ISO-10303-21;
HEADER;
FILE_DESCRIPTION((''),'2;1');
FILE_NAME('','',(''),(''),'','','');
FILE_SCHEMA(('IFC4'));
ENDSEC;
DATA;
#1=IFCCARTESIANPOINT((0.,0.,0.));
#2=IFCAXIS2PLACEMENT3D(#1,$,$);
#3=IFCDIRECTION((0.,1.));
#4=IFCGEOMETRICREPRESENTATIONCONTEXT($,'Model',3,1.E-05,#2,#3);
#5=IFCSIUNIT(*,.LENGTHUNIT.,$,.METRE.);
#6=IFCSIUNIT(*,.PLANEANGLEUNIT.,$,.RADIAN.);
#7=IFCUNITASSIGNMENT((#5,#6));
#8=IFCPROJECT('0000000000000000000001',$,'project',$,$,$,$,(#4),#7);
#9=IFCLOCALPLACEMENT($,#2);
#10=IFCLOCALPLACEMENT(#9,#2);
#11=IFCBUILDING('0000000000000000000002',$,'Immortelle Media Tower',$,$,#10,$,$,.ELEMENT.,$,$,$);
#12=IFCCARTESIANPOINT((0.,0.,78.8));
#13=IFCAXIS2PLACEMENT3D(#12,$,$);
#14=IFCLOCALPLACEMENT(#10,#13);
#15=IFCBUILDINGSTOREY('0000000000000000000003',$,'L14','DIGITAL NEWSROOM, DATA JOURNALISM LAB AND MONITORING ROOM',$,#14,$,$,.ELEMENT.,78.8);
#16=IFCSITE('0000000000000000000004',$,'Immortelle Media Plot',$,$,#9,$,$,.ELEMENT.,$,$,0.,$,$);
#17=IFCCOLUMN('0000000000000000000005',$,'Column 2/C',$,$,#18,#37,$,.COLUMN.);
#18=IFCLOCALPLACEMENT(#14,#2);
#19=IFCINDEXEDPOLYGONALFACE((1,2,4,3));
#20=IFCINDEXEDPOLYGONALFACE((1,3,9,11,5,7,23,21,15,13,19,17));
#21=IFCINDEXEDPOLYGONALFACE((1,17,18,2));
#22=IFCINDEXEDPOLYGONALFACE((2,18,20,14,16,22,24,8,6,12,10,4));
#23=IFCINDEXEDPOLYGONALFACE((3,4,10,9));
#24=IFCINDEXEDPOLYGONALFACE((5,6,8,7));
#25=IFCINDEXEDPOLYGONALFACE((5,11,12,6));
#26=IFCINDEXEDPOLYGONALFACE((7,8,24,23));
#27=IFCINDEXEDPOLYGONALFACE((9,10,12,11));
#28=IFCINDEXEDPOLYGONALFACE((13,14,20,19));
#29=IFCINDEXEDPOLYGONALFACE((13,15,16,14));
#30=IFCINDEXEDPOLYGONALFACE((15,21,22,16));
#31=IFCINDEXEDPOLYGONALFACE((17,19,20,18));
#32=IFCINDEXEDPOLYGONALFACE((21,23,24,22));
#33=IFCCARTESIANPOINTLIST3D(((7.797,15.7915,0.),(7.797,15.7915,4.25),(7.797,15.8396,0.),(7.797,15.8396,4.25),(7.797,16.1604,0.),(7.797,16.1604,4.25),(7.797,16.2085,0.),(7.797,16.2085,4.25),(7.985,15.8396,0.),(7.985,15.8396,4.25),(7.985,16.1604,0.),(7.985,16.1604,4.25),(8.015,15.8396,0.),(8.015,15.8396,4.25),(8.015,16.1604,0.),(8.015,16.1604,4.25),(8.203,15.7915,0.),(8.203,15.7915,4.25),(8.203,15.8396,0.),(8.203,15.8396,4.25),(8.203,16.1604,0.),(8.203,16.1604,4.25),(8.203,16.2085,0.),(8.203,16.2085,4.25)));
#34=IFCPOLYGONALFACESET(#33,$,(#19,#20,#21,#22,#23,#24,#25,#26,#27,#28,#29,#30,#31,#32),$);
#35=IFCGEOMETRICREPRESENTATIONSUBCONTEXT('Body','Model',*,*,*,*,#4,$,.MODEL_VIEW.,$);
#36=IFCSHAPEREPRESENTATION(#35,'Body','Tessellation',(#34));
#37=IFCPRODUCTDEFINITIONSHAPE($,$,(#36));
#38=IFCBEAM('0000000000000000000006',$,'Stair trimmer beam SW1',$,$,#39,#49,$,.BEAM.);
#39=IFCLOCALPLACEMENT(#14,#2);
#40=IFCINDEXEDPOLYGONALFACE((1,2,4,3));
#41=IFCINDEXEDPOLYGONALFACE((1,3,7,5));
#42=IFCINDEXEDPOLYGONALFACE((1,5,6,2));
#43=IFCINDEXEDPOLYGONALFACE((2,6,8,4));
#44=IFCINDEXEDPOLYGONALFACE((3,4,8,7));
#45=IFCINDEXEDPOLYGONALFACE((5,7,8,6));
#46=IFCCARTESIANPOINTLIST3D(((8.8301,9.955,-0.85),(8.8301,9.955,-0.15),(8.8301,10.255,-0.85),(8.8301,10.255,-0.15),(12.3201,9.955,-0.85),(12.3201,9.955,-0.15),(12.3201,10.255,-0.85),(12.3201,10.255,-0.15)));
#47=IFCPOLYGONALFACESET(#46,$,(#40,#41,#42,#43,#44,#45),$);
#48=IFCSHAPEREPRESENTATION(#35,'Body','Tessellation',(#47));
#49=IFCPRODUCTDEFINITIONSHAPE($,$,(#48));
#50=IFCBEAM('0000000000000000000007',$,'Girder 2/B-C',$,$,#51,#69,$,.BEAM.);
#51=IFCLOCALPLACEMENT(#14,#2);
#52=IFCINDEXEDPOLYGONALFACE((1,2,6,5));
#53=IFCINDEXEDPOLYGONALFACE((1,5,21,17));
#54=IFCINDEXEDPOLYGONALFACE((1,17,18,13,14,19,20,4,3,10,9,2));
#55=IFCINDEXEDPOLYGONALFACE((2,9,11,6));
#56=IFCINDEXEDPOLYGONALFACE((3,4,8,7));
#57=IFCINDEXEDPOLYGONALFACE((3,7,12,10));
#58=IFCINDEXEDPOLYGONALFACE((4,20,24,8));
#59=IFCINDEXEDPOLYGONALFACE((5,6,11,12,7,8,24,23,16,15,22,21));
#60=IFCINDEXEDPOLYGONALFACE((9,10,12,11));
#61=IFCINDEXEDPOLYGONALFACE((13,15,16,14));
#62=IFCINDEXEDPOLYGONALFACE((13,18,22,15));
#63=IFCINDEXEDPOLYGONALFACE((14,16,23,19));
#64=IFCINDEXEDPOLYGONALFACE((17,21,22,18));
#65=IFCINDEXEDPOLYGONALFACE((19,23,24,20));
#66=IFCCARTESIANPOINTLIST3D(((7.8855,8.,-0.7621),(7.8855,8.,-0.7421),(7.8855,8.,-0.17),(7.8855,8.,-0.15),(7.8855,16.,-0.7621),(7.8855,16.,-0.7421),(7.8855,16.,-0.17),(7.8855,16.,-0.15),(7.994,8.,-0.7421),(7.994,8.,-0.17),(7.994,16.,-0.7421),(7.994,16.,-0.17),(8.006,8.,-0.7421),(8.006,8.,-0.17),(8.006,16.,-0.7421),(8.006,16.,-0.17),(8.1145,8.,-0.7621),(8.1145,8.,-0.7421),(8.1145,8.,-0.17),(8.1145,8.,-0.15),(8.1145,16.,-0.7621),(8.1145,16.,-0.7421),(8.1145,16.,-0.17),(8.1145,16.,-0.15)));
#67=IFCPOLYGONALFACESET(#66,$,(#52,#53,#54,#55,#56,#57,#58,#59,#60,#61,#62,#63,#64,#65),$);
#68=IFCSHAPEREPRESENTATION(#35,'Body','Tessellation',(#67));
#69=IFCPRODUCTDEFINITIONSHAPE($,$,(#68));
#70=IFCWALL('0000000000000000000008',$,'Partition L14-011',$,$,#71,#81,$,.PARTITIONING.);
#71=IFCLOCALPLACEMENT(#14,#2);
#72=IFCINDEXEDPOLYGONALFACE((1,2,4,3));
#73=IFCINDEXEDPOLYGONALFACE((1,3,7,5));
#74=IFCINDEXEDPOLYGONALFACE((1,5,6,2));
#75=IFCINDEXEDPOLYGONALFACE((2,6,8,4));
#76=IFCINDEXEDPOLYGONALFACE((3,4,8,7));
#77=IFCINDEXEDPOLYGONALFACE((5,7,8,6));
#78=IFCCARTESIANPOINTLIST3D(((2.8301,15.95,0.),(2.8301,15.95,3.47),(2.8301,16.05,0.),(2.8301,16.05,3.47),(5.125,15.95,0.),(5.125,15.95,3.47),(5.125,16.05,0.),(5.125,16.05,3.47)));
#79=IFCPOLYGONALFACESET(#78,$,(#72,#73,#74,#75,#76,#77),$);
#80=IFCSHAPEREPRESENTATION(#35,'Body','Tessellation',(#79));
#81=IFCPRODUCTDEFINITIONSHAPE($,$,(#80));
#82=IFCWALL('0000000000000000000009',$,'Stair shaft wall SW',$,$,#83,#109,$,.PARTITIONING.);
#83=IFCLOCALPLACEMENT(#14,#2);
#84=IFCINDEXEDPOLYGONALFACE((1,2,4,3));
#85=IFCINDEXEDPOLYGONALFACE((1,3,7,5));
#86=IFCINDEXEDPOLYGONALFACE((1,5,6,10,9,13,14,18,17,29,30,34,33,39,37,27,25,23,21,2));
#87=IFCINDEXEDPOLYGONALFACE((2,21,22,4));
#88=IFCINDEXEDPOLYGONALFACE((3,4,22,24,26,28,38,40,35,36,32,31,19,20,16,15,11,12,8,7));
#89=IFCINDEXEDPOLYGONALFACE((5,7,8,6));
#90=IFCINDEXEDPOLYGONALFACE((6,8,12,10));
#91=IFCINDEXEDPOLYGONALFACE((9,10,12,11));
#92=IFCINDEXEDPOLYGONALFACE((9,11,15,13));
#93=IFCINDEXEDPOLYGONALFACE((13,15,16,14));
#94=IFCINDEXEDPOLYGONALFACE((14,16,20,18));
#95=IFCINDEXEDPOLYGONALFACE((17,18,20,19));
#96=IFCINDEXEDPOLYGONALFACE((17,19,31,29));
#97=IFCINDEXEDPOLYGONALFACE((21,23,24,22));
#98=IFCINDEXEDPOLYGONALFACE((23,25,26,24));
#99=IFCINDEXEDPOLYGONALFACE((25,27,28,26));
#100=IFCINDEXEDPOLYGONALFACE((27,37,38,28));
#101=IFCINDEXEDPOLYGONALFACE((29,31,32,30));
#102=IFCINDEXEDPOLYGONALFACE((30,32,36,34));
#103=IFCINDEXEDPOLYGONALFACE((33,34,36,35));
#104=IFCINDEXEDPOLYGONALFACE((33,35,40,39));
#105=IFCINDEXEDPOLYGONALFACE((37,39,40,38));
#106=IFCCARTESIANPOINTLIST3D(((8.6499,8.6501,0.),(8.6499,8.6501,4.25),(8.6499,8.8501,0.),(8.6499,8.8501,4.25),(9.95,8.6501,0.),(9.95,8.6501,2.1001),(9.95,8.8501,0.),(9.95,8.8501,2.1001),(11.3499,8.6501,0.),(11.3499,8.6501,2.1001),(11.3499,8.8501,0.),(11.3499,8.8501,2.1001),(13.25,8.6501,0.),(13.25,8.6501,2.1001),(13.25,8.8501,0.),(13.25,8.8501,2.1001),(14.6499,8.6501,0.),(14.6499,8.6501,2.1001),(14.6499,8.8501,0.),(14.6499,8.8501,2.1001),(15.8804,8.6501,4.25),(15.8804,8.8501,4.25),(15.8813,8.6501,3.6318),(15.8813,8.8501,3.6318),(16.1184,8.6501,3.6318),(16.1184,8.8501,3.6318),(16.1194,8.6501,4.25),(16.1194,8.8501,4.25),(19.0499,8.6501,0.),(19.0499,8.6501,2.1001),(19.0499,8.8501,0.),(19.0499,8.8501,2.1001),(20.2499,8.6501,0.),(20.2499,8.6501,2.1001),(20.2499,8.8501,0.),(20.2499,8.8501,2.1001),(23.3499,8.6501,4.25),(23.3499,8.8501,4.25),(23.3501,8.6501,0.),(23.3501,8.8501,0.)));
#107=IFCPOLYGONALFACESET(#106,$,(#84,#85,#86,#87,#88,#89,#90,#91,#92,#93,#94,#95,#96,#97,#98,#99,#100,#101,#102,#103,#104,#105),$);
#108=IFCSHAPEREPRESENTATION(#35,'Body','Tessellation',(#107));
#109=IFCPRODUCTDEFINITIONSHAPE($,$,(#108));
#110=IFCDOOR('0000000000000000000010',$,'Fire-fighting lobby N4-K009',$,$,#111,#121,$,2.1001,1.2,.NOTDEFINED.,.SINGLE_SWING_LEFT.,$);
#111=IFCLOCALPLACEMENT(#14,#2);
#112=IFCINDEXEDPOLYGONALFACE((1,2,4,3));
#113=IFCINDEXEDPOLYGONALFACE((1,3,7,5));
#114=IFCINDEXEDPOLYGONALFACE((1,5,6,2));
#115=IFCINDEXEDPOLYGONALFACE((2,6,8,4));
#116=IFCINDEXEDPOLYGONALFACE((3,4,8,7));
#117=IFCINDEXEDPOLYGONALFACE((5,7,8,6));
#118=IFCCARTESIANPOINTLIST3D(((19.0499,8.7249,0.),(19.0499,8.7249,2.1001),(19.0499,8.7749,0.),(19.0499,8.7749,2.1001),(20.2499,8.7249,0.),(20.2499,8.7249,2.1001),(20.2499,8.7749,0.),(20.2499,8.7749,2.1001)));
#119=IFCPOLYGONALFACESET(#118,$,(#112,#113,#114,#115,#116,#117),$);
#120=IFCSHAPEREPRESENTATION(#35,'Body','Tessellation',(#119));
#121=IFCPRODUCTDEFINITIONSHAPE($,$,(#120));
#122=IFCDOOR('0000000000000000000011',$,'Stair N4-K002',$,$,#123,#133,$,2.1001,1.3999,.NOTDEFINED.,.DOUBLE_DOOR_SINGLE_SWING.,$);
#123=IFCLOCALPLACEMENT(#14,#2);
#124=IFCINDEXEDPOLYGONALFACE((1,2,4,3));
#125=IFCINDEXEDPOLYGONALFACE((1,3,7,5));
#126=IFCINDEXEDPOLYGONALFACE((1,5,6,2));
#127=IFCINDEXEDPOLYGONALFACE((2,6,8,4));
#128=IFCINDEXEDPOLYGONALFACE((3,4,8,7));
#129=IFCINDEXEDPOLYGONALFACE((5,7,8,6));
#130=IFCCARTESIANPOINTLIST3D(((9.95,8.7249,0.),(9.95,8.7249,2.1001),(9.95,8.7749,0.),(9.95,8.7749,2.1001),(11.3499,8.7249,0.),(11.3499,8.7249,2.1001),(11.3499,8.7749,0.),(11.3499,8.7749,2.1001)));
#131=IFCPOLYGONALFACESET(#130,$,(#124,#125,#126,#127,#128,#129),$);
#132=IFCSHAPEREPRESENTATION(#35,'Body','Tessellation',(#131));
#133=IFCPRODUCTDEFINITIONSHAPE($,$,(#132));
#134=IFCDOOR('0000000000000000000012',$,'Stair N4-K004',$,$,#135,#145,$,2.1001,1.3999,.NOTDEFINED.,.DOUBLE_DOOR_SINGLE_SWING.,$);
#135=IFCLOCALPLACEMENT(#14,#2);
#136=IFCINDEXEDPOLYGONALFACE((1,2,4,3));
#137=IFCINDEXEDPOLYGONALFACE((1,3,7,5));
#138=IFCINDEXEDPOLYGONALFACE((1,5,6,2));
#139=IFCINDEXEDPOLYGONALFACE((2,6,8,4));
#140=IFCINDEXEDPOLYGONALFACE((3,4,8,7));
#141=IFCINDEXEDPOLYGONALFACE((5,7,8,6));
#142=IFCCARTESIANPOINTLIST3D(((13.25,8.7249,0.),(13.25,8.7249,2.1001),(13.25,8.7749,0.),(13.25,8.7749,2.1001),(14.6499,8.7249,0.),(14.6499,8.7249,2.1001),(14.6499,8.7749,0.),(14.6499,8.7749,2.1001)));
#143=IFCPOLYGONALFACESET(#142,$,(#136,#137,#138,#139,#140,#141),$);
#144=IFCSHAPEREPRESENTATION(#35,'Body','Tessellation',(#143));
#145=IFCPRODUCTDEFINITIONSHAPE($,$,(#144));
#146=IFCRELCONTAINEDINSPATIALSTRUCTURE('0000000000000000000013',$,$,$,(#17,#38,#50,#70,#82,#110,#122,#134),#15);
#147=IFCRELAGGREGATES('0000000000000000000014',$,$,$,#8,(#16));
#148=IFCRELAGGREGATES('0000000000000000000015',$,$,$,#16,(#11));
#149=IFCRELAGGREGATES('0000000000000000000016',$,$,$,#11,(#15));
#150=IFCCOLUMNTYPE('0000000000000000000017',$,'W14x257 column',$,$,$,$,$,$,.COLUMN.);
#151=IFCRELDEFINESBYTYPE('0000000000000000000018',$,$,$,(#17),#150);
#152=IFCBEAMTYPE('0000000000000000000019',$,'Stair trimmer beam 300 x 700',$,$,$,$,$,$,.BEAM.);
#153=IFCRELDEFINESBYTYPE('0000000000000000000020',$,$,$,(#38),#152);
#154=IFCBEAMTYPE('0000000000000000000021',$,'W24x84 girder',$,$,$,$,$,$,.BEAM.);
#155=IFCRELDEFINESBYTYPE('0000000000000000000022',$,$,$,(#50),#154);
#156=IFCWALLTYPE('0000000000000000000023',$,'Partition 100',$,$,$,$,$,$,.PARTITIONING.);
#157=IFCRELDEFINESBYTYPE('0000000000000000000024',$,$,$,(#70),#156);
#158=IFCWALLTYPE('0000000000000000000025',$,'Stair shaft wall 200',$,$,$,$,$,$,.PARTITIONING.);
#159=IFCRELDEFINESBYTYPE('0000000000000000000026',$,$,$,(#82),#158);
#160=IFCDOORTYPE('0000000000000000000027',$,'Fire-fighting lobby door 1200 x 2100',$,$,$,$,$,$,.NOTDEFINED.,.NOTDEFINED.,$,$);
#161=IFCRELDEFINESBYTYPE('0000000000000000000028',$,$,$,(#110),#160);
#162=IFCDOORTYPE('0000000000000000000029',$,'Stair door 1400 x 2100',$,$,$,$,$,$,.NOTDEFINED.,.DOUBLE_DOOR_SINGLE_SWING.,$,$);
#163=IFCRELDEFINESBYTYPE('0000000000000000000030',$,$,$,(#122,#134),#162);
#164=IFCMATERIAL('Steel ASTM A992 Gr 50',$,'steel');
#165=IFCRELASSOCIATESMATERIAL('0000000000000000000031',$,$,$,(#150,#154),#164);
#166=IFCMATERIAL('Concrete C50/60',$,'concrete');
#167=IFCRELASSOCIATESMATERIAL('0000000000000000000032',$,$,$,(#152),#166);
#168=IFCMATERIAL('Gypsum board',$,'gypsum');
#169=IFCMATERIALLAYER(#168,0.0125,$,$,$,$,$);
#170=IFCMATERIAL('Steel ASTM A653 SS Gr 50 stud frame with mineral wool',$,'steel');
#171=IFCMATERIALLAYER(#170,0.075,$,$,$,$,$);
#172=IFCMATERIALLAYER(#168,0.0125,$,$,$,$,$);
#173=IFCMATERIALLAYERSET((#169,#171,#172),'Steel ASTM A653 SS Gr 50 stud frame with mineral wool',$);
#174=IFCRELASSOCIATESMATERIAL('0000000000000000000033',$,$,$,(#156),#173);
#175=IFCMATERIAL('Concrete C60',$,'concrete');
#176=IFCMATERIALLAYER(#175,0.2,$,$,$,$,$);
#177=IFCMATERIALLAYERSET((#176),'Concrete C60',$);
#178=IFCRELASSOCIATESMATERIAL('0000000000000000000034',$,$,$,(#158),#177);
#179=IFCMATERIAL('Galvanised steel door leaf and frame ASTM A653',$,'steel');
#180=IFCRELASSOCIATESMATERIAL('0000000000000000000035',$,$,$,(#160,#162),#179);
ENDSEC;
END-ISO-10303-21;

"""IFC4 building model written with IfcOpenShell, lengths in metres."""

from ifc_helpers import new_model, si_unit, direction, frame, frame_2d, origin, origin_2d, place, context, subcontext, project, spatial, polyline, rectangle, i_section, outline, extrude, material, layer, layer_set, material_profile, profile_set, type_object, element, fill, save


model = new_model("IFC4")

# Units and contexts
model_context = context("Model", 3, precision=1e-05, world=origin(), true_north=direction((0.0, 1.0)))
body_context = subcontext(model_context, "Body", "Model", "MODEL_VIEW")
ifc_project = project(units=[si_unit("LENGTHUNIT", "METRE"), si_unit("PLANEANGLEUNIT", "RADIAN")], contexts=[model_context])

# Site, building, storey
site_placement = place(None, origin())
site = spatial("IfcSite", under=ifc_project, at=site_placement, Name="Immortelle Media Plot", CompositionType="ELEMENT", RefElevation=0.0)
building_placement = place(site_placement, origin())
building = spatial("IfcBuilding", under=site, at=building_placement, Name="Immortelle Media Tower", CompositionType="ELEMENT")
storey_placement = place(building_placement, frame((0.0, 0.0, 78.8)))
storey = spatial("IfcBuildingStorey", under=building, at=storey_placement, Name="L14", Description="DIGITAL NEWSROOM, DATA JOURNALISM LAB AND MONITORING ROOM", CompositionType="ELEMENT", Elevation=78.8)

# Column
ifc_material_1 = material(Name="Steel ASTM A992 Gr 50", Category="steel")
ifc_material_profile_1 = material_profile(ifc_material_1, i_section(OverallWidth=0.406, OverallDepth=0.417, WebThickness=0.03, FlangeThickness=0.0481, at=origin_2d()), Name="W14x257")
ifc_profile_set_1 = profile_set([ifc_material_profile_1], Name="Steel ASTM A992 Gr 50")
column_type = type_object("IfcColumnType", Name="W14x257 column", PredefinedType="COLUMN", material=ifc_profile_set_1)
column_placement = place(storey_placement, frame((8.0, 16.0, 0.0), z_axis=(0.0, 0.0, 1.0), x_axis=(1.0, 0.0, 0.0)))
element("IfcColumn", 1, at=column_placement, inside=storey, type_object=column_type, Name="Column 2/C", PredefinedType="COLUMN", context=body_context, shape_type="SweptSolid", body=[
    extrude(i_section(OverallWidth=0.406, OverallDepth=0.417, WebThickness=0.03, FlangeThickness=0.0481, at=origin_2d()), origin(), (0.0, 0.0, 1.0), 4.25),
])

# Beams
ifc_material_2 = material(Name="Concrete C50/60", Category="concrete")
ifc_material_profile_2 = material_profile(ifc_material_2, rectangle(XDim=0.3, YDim=0.7, at=origin_2d()), Name="RC 300x700")
ifc_profile_set_2 = profile_set([ifc_material_profile_2], Name="Concrete C50/60")
beam_type_1 = type_object("IfcBeamType", Name="Stair trimmer beam 300 x 700", PredefinedType="BEAM", material=ifc_profile_set_2)
beam_1_placement = place(storey_placement, frame((8.8301, 10.105, -0.5), z_axis=(1.0, 0.0, 0.0), x_axis=(0.0, 1.0, 0.0)))
element("IfcBeam", 2, at=beam_1_placement, inside=storey, type_object=beam_type_1, Name="Stair trimmer beam SW1", PredefinedType="BEAM", context=body_context, shape_type="SweptSolid", body=[
    extrude(rectangle(XDim=0.3, YDim=0.7, at=origin_2d()), origin(), (0.0, 0.0, 1.0), 3.49),
])
ifc_material_profile_3 = material_profile(ifc_material_1, i_section(OverallWidth=0.229, OverallDepth=0.6121, WebThickness=0.012, FlangeThickness=0.02, at=origin_2d()), Name="W24x84")
ifc_profile_set_3 = profile_set([ifc_material_profile_3], Name="Steel ASTM A992 Gr 50")
beam_type_2 = type_object("IfcBeamType", Name="W24x84 girder", PredefinedType="BEAM", material=ifc_profile_set_3)
beam_2_placement = place(storey_placement, frame((8.0, 8.0, -0.4561), z_axis=(0.0, 1.0, 0.0), x_axis=(-1.0, 0.0, 0.0)))
element("IfcBeam", 3, at=beam_2_placement, inside=storey, type_object=beam_type_2, Name="Girder 2/B-C", PredefinedType="BEAM", context=body_context, shape_type="SweptSolid", body=[
    extrude(i_section(OverallWidth=0.229, OverallDepth=0.6121, WebThickness=0.012, FlangeThickness=0.02, at=origin_2d()), origin(), (0.0, 0.0, 1.0), 8.0),
])

# Wall
ifc_material_3 = material(Name="Gypsum board", Category="gypsum")
ifc_layer_1 = layer(ifc_material_3, 0.0125)
ifc_material_4 = material(Name="Steel ASTM A653 SS Gr 50 stud frame with mineral wool", Category="steel")
ifc_layer_2 = layer(ifc_material_4, 0.075)
ifc_layer_3 = layer(ifc_material_3, 0.0125)
ifc_layer_set_1 = layer_set([ifc_layer_1, ifc_layer_2, ifc_layer_3], Name="Steel ASTM A653 SS Gr 50 stud frame with mineral wool")
wall_type_1 = type_object("IfcWallType", Name="Partition 100", PredefinedType="PARTITIONING", material=ifc_layer_set_1)
wall_1_placement = place(storey_placement, frame((2.8301, 16.0, 0.0), z_axis=(0.0, 0.0, 1.0), x_axis=(1.0, 0.0, 0.0)))
element("IfcWall", 4, at=wall_1_placement, inside=storey, type_object=wall_type_1, Name="Partition L14-011", PredefinedType="PARTITIONING", context=body_context, shape_type="SweptSolid", body=[
    extrude(rectangle(XDim=2.2949, YDim=0.1001, at=frame_2d((1.1475, 0.0))), origin(), (0.0, 0.0, 1.0), 3.47),
])

# Wall, openings, doors
ifc_material_5 = material(Name="Concrete C60", Category="concrete")
ifc_layer_4 = layer(ifc_material_5, 0.2)
ifc_layer_set_2 = layer_set([ifc_layer_4], Name="Concrete C60")
wall_type_2 = type_object("IfcWallType", Name="Stair shaft wall 200", PredefinedType="PARTITIONING", material=ifc_layer_set_2)
wall_2_placement = place(storey_placement, frame((8.6499, 8.75, 0.0), z_axis=(0.0, 0.0, 1.0), x_axis=(1.0, 0.0, 0.0)))
wall_2 = element("IfcWall", 5, at=wall_2_placement, inside=storey, type_object=wall_type_2, Name="Stair shaft wall SW", PredefinedType="PARTITIONING", context=body_context, shape_type="SweptSolid", body=[
    extrude(outline(polyline([(0.0, 0.0), (14.7002, 0.0), (14.7, 4.25), (7.4695, 4.25), (7.4685, 3.6318), (7.2314, 3.6318), (7.2305, 4.25), (0.0, 4.25), (0.0, 0.0)])), frame((0.0, 0.1001, 0.0), z_axis=(0.0, -1.0, 0.0), x_axis=(1.0, 0.0, 0.0)), (0.0, 0.0, 1.0), 0.2),
])
opening_1_placement = place(wall_2_placement, frame((1.3, 0.0, 0.0)))
opening_1 = element("IfcOpeningElement", 6, at=opening_1_placement, cuts=wall_2, PredefinedType="OPENING", context=body_context, shape_type="SweptSolid", body=[
    extrude(rectangle(XDim=1.3999, YDim=2.1001, at=frame_2d((0.7, 1.05))), frame((0.0, 0.1099, 0.0), z_axis=(0.0, -1.0, 0.0), x_axis=(1.0, 0.0, 0.0)), (0.0, 0.0, 1.0), 0.22),
])
opening_2_placement = place(wall_2_placement, frame((4.6001, 0.0, 0.0)))
opening_2 = element("IfcOpeningElement", 7, at=opening_2_placement, cuts=wall_2, PredefinedType="OPENING", context=body_context, shape_type="SweptSolid", body=[
    extrude(rectangle(XDim=1.3999, YDim=2.1001, at=frame_2d((0.7, 1.05))), frame((0.0, 0.1099, 0.0), z_axis=(0.0, -1.0, 0.0), x_axis=(1.0, 0.0, 0.0)), (0.0, 0.0, 1.0), 0.22),
])
opening_3_placement = place(wall_2_placement, frame((10.3999, 0.0, 0.0)))
opening_3 = element("IfcOpeningElement", 8, at=opening_3_placement, cuts=wall_2, PredefinedType="OPENING", context=body_context, shape_type="SweptSolid", body=[
    extrude(rectangle(XDim=1.2, YDim=2.1001, at=frame_2d((0.6001, 1.05))), frame((0.0, 0.1099, 0.0), z_axis=(0.0, -1.0, 0.0), x_axis=(1.0, 0.0, 0.0)), (0.0, 0.0, 1.0), 0.22),
])
ifc_material_6 = material(Name="Galvanised steel door leaf and frame ASTM A653", Category="steel")
door_type_1 = type_object("IfcDoorType", Name="Fire-fighting lobby door 1200 x 2100", OperationType="NOTDEFINED", PredefinedType="NOTDEFINED", material=ifc_material_6)
door_1_placement = place(opening_3_placement, origin())
door_1 = element("IfcDoor", 9, at=door_1_placement, inside=storey, type_object=door_type_1, Name="Fire-fighting lobby N4-K009", OperationType="SINGLE_SWING_LEFT", OverallHeight=2.1001, OverallWidth=1.2, PredefinedType="NOTDEFINED", context=body_context, shape_type="SweptSolid", body=[
    extrude(rectangle(XDim=1.2, YDim=2.1001, at=frame_2d((0.6001, 1.05))), frame((0.0, 0.0249, 0.0), z_axis=(0.0, -1.0, 0.0), x_axis=(1.0, 0.0, 0.0)), (0.0, 0.0, 1.0), 0.05),
])
fill(opening_3, door_1)
door_type_2 = type_object("IfcDoorType", Name="Stair door 1400 x 2100", OperationType="DOUBLE_DOOR_SINGLE_SWING", PredefinedType="NOTDEFINED", material=ifc_material_6)
door_2_placement = place(opening_1_placement, origin())
door_2 = element("IfcDoor", 10, at=door_2_placement, inside=storey, type_object=door_type_2, Name="Stair N4-K002", OperationType="DOUBLE_DOOR_SINGLE_SWING", OverallHeight=2.1001, OverallWidth=1.3999, PredefinedType="NOTDEFINED", context=body_context, shape_type="SweptSolid", body=[
    extrude(rectangle(XDim=1.3999, YDim=2.1001, at=frame_2d((0.7, 1.05))), frame((0.0, 0.0249, 0.0), z_axis=(0.0, -1.0, 0.0), x_axis=(1.0, 0.0, 0.0)), (0.0, 0.0, 1.0), 0.05),
])
fill(opening_1, door_2)
door_3_placement = place(opening_2_placement, origin())
door_3 = element("IfcDoor", 11, at=door_3_placement, inside=storey, type_object=door_type_2, Name="Stair N4-K004", OperationType="DOUBLE_DOOR_SINGLE_SWING", OverallHeight=2.1001, OverallWidth=1.3999, PredefinedType="NOTDEFINED", context=body_context, shape_type="SweptSolid", body=[
    extrude(rectangle(XDim=1.3999, YDim=2.1001, at=frame_2d((0.7, 1.05))), frame((0.0, 0.0249, 0.0), z_axis=(0.0, -1.0, 0.0), x_axis=(1.0, 0.0, 0.0)), (0.0, 0.0, 1.0), 0.05),
])
fill(opening_2, door_3)

save(model, "model.ifc")
